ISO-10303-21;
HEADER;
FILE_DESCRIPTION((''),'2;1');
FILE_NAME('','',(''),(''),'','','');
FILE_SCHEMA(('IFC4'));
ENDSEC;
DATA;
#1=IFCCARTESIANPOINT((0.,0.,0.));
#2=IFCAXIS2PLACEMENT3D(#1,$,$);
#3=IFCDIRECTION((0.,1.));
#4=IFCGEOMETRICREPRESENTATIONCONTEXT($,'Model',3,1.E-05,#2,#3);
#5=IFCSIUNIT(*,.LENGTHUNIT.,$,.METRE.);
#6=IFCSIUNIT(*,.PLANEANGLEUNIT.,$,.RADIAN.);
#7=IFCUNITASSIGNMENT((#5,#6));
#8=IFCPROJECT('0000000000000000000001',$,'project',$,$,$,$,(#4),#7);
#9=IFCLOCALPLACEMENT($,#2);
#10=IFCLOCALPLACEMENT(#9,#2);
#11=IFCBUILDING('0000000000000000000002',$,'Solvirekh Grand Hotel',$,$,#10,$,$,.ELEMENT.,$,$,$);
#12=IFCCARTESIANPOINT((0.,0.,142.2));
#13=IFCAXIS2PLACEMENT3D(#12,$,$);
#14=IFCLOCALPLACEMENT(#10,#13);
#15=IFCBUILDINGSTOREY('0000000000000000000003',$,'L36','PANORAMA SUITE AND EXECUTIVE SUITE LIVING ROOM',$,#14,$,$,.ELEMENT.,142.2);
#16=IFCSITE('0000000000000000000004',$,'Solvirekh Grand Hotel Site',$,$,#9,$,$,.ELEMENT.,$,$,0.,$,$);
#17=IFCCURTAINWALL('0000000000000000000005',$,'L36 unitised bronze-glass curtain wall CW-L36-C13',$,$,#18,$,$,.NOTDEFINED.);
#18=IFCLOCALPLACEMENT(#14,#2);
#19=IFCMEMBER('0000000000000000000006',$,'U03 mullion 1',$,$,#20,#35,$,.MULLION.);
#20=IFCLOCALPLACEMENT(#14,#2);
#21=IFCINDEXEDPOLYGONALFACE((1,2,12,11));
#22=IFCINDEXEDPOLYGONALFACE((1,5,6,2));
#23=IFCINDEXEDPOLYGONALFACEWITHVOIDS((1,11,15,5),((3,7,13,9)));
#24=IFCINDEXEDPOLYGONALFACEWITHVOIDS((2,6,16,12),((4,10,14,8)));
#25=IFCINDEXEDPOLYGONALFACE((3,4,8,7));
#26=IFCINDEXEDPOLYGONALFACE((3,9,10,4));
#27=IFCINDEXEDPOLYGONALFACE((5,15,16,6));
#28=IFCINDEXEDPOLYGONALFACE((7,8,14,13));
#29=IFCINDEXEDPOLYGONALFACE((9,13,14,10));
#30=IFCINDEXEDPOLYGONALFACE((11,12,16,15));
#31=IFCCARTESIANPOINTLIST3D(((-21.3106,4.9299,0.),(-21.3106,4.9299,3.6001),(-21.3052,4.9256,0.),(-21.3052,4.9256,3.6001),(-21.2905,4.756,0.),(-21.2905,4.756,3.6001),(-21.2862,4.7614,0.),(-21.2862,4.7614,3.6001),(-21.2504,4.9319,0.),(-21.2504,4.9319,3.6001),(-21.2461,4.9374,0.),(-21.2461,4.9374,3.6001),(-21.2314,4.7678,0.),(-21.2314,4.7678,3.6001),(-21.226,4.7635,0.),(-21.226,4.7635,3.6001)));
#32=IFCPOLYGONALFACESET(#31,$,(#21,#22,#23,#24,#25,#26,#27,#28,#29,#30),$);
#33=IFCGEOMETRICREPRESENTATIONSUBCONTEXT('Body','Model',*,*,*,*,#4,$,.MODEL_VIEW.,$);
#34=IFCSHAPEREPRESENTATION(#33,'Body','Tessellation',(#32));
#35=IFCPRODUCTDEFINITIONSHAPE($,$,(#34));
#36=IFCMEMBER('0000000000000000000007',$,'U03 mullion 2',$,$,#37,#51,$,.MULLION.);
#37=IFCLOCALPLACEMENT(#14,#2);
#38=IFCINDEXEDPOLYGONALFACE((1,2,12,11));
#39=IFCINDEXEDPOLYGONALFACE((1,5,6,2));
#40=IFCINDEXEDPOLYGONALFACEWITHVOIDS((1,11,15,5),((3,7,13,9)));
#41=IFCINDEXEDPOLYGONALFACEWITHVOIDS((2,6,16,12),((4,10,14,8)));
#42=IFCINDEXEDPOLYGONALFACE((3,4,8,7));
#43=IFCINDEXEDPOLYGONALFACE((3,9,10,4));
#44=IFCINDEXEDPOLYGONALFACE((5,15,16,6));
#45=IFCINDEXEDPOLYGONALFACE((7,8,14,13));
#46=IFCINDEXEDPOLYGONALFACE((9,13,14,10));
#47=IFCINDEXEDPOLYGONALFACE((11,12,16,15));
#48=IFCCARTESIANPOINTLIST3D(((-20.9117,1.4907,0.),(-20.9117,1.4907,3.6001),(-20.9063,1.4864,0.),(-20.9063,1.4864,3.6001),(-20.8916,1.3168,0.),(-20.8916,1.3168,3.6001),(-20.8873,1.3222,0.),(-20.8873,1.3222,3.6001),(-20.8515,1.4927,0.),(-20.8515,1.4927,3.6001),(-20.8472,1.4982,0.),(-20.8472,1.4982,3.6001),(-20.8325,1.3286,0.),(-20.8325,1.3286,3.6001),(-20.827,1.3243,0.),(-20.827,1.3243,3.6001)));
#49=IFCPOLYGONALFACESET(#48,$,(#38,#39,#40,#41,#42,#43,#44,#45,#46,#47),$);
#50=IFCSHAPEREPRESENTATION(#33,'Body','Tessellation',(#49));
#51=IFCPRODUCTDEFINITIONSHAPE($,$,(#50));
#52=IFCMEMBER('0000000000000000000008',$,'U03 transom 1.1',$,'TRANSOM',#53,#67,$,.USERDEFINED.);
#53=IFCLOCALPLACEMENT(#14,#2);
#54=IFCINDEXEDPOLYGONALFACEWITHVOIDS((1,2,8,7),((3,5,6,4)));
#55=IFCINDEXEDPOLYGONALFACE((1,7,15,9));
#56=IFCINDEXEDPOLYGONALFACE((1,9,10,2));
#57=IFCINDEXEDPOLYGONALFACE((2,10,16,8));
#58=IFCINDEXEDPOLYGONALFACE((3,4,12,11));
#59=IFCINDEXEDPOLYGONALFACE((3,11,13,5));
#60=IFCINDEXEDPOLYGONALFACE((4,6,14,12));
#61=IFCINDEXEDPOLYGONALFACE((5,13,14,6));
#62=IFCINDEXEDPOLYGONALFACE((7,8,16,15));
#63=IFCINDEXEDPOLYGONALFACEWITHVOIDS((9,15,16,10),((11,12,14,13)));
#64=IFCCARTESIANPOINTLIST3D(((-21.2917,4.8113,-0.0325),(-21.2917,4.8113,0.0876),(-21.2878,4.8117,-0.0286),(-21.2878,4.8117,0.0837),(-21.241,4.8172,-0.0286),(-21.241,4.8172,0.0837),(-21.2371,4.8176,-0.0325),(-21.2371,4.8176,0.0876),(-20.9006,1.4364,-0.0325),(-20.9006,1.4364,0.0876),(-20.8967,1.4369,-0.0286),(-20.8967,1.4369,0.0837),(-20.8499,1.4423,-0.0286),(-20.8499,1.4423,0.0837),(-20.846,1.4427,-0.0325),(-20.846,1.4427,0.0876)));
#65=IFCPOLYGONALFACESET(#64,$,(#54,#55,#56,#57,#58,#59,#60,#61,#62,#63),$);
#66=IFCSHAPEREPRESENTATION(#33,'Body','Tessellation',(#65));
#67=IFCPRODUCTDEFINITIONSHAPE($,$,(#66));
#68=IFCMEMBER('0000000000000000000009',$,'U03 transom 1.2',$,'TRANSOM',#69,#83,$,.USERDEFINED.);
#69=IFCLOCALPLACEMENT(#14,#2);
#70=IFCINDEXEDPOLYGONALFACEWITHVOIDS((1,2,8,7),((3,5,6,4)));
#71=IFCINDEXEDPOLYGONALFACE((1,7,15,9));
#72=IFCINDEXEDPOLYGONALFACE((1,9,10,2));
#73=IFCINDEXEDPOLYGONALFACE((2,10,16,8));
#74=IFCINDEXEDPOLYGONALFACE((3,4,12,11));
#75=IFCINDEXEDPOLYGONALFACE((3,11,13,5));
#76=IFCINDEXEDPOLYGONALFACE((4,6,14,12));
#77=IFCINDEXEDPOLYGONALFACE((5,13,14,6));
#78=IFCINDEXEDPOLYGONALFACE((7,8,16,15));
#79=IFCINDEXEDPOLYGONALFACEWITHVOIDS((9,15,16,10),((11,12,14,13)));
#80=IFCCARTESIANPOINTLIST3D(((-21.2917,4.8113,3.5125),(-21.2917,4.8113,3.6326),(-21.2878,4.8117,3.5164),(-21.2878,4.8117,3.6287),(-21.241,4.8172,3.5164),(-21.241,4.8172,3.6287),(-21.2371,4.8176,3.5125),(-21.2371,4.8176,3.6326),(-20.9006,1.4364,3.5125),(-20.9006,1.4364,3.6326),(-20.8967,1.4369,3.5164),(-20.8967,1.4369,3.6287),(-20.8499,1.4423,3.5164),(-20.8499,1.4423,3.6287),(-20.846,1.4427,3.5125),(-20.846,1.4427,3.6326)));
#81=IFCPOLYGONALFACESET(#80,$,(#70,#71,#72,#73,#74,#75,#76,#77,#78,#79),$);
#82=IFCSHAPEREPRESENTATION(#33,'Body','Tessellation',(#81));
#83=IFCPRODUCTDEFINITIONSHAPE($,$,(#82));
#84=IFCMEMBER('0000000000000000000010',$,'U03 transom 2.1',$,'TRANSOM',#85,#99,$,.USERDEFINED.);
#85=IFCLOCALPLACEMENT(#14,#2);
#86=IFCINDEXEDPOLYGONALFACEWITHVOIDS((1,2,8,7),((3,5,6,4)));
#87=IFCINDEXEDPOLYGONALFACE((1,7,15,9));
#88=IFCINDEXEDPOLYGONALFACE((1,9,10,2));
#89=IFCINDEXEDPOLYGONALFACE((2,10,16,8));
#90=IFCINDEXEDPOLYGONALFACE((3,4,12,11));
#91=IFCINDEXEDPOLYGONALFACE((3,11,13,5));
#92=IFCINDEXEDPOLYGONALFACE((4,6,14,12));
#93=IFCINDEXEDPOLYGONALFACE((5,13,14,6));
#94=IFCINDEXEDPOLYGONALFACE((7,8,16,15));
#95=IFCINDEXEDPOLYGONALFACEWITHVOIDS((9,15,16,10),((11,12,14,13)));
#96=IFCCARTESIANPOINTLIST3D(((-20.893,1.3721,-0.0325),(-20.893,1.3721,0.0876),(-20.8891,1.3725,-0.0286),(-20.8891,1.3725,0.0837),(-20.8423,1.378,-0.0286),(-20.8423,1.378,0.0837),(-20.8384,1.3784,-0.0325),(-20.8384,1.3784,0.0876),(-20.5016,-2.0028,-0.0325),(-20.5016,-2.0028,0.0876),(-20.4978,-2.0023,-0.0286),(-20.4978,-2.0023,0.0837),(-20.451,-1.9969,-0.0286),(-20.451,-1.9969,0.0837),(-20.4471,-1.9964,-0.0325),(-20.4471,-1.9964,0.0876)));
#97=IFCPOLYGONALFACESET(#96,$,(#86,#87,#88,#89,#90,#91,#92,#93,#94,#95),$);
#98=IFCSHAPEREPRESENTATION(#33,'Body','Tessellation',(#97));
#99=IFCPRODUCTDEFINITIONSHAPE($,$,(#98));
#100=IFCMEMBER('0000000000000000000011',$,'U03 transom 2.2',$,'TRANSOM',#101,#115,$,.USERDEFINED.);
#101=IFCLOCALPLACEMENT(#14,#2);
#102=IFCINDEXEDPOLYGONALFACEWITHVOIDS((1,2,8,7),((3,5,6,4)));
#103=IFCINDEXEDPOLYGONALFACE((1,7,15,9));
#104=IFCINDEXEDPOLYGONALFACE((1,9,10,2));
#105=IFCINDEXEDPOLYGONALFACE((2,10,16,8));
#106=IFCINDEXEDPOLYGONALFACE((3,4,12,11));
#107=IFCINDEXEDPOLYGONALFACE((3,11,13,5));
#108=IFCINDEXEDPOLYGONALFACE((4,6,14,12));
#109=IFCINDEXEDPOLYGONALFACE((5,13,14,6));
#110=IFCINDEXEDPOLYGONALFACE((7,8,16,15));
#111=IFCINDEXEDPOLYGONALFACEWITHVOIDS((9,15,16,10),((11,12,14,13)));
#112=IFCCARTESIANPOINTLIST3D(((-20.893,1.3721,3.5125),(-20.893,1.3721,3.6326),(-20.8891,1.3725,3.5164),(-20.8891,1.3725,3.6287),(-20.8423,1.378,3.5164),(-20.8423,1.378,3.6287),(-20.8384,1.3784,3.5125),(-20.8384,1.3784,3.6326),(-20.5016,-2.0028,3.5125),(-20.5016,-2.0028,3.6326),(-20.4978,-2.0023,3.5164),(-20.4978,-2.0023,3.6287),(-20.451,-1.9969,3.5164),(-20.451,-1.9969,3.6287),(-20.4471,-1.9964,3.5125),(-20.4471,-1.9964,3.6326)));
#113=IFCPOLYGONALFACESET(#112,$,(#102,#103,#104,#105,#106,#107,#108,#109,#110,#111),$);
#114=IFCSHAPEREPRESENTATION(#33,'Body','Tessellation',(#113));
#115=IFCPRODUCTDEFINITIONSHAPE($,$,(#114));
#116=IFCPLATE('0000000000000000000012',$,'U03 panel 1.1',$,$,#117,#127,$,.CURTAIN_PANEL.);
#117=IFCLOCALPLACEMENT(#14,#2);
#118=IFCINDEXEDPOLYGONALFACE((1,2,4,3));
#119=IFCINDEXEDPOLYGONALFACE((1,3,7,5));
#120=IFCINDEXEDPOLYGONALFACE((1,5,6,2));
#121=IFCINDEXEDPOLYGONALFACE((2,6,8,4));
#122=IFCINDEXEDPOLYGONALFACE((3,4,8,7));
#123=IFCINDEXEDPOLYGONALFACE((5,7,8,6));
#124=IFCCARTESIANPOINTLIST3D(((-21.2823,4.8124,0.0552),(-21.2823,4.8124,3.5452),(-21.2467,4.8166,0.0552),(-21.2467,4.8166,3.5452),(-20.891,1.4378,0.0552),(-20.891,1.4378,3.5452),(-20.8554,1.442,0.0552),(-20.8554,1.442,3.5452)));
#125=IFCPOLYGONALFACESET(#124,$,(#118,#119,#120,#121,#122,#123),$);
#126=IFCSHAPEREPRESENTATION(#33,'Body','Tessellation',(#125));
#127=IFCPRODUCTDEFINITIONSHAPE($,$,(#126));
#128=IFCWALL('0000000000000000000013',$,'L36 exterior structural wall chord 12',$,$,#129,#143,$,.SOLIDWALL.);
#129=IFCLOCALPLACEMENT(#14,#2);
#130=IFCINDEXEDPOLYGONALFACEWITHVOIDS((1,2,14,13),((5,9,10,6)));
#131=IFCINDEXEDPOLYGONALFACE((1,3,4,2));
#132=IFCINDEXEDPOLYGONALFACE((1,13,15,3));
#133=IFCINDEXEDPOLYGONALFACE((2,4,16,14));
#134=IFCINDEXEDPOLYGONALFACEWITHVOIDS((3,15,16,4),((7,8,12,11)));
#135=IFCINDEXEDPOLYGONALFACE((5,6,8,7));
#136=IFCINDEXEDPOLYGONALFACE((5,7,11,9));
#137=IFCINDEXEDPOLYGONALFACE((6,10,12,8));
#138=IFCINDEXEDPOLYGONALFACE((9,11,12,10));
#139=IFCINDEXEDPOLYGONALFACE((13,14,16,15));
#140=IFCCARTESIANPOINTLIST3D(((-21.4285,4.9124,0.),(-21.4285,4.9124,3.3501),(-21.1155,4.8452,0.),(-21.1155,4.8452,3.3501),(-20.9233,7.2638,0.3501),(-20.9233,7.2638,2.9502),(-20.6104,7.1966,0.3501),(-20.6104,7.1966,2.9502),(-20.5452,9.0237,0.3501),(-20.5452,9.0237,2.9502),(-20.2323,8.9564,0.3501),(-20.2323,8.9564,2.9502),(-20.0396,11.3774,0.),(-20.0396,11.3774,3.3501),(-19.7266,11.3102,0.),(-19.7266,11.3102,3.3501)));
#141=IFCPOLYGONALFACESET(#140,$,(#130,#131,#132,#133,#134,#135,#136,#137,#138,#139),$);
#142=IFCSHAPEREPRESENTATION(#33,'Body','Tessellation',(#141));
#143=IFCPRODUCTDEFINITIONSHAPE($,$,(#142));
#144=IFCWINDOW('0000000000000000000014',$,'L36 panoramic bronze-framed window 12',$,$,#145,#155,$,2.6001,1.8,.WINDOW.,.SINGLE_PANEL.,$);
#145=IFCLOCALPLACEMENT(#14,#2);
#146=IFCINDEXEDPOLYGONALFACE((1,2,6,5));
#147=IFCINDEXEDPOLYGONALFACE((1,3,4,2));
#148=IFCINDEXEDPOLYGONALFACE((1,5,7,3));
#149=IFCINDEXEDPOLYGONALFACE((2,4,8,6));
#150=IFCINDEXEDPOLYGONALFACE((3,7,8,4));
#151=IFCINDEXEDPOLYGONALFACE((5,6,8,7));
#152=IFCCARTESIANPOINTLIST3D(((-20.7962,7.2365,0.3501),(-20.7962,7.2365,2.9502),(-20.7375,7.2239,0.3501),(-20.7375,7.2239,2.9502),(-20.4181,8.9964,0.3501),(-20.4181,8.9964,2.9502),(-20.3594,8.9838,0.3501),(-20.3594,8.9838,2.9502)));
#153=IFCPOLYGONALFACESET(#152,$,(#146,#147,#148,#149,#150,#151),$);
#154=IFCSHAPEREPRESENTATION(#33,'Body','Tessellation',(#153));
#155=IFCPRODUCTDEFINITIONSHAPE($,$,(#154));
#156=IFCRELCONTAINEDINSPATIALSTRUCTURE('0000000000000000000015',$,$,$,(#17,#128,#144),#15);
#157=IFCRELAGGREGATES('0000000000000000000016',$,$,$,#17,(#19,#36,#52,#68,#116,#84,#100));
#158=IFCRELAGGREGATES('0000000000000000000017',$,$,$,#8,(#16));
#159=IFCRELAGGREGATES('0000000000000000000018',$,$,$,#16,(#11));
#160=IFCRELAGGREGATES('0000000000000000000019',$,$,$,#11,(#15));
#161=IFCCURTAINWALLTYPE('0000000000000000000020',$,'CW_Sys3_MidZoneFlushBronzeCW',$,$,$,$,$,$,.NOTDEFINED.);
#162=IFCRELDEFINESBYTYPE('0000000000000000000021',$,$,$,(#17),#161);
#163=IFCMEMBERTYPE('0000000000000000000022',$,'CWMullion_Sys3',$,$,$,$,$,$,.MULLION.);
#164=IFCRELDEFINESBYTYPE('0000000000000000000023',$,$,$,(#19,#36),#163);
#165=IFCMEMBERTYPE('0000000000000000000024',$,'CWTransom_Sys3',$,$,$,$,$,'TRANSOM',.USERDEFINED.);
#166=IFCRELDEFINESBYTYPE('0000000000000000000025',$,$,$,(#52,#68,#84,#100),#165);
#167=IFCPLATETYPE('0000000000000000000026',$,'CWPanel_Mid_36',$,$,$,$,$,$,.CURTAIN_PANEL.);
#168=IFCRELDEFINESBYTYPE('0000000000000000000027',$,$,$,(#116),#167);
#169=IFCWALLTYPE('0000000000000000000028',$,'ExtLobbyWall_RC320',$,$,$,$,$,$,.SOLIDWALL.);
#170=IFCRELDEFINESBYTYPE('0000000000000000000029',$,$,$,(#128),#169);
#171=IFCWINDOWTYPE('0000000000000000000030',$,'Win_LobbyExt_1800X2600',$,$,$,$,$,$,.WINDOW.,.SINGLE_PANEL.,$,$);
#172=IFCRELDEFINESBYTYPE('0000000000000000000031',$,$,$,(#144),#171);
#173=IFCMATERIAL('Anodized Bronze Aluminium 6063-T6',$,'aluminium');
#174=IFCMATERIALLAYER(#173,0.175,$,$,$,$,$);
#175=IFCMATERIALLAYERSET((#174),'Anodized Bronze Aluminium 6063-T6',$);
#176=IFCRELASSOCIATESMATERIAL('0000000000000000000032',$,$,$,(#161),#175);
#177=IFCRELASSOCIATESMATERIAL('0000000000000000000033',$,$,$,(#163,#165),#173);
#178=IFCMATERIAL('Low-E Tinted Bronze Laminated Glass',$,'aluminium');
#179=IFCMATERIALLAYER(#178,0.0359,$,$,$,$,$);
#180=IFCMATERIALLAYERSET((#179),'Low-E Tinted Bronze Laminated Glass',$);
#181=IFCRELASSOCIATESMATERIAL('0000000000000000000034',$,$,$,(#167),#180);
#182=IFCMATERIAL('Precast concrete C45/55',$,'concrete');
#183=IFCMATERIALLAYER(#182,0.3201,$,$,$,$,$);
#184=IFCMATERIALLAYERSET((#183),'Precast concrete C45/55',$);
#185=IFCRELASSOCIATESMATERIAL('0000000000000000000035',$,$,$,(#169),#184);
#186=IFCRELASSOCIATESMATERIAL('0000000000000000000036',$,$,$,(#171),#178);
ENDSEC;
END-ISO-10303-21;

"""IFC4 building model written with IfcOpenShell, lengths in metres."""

from ifc_helpers import new_model, si_unit, direction, frame, frame_2d, origin, origin_2d, place, context, subcontext, project, spatial, rectangle, hollow_rectangle, extrude, source, transform, mapped, material, layer, layer_set, material_profile, profile_set, type_object, element, fill, aggregate, save


model = new_model("IFC4")

# Units and contexts
model_context = context("Model", 3, precision=1e-05, world=origin(), true_north=direction((0.0, 1.0)))
body_context = subcontext(model_context, "Body", "Model", "MODEL_VIEW")
ifc_project = project(units=[si_unit("LENGTHUNIT", "METRE"), si_unit("PLANEANGLEUNIT", "RADIAN")], contexts=[model_context])

# Site, building, storey
site_placement = place(None, origin())
site = spatial("IfcSite", under=ifc_project, at=site_placement, Name="Solvirekh Grand Hotel Site", CompositionType="ELEMENT", RefElevation=0.0)
building_placement = place(site_placement, origin())
building = spatial("IfcBuilding", under=site, at=building_placement, Name="Solvirekh Grand Hotel", CompositionType="ELEMENT")
storey_placement = place(building_placement, frame((0.0, 0.0, 142.2)))
storey = spatial("IfcBuildingStorey", under=building, at=storey_placement, Name="L36", Description="PANORAMA SUITE AND EXECUTIVE SUITE LIVING ROOM", CompositionType="ELEMENT", Elevation=142.2)

# Curtain wall, members, plate
ifc_material_1 = material(Name="Anodized Bronze Aluminium 6063-T6", Category="aluminium")
ifc_layer_1 = layer(ifc_material_1, 0.175)
ifc_layer_set_1 = layer_set([ifc_layer_1], Name="Anodized Bronze Aluminium 6063-T6")
curtain_wall_type = type_object("IfcCurtainWallType", Name="CW_Sys3_MidZoneFlushBronzeCW", PredefinedType="NOTDEFINED", material=ifc_layer_set_1)
curtain_wall_placement = place(storey_placement, origin())
curtain_wall = element("IfcCurtainWall", 1, at=curtain_wall_placement, inside=storey, type_object=curtain_wall_type, Name="L36 unitised bronze-glass curtain wall CW-L36-C13", PredefinedType="NOTDEFINED")
ifc_material_profile_1 = material_profile(ifc_material_1, hollow_rectangle(XDim=0.0649, YDim=0.175, WallThickness=0.0049, at=origin_2d()), Name="ALU RHS 175X65X5")
ifc_profile_set_1 = profile_set([ifc_material_profile_1], Name="Anodized Bronze Aluminium 6063-T6")
member_type_1 = type_object("IfcMemberType", Name="CWMullion_Sys3", PredefinedType="MULLION", material=ifc_profile_set_1)
shared_shape_1 = source(origin(), body_context, "Body", "SweptSolid", [
    extrude(hollow_rectangle(XDim=0.0649, YDim=0.175, WallThickness=0.0049, at=origin_2d()), origin(), (0.0, 0.0, 1.0), 3.6001),
])
member_1_placement = place(storey_placement, frame((-21.2683, 4.8467, 0.0), z_axis=(0.0, 0.0, 1.0), x_axis=(0.993345, 0.115173, 0.0)))
member_1 = element("IfcMember", 2, at=member_1_placement, type_object=member_type_1, Name="U03 mullion 1", PredefinedType="MULLION", context=body_context, shape_type="MappedRepresentation", body=[
    mapped(shared_shape_1, transform((0.0, 0.0, 0.0), x_axis=(1.0, 0.0, 0.0), y_axis=(0.0, 1.0, 0.0), z_axis=(0.0, 0.0, 1.0), scale=1.0)),
])
member_2_placement = place(storey_placement, frame((-20.8694, 1.4075, 0.0), z_axis=(0.0, 0.0, 1.0), x_axis=(0.993345, 0.115173, 0.0)))
member_2 = element("IfcMember", 3, at=member_2_placement, type_object=member_type_1, Name="U03 mullion 2", PredefinedType="MULLION", context=body_context, shape_type="MappedRepresentation", body=[
    mapped(shared_shape_1, transform((0.0, 0.0, 0.0), x_axis=(1.0, 0.0, 0.0), y_axis=(0.0, 1.0, 0.0), z_axis=(0.0, 0.0, 1.0), scale=1.0)),
])
ifc_material_profile_2 = material_profile(ifc_material_1, hollow_rectangle(XDim=0.0549, YDim=0.1201, WallThickness=0.0039, at=origin_2d()), Name="ALU RHS 120X55X4")
ifc_profile_set_2 = profile_set([ifc_material_profile_2], Name="Anodized Bronze Aluminium 6063-T6")
member_type_2 = type_object("IfcMemberType", Name="CWTransom_Sys3", ElementType="TRANSOM", PredefinedType="USERDEFINED", material=ifc_profile_set_2)
shared_shape_2 = source(origin(), body_context, "Body", "SweptSolid", [
    extrude(hollow_rectangle(XDim=0.0549, YDim=0.1201, WallThickness=0.0039, at=origin_2d()), origin(), (0.0, 0.0, 1.0), 3.3975),
])
member_3_placement = place(storey_placement, frame((-21.2644, 4.8145, 0.0276), z_axis=(0.115123, -0.993351, 0.0), x_axis=(0.993351, 0.115123, 0.0)))
member_3 = element("IfcMember", 4, at=member_3_placement, type_object=member_type_2, Name="U03 transom 1.1", ObjectType="TRANSOM", PredefinedType="USERDEFINED", context=body_context, shape_type="MappedRepresentation", body=[
    mapped(shared_shape_2, transform((0.0, 0.0, 0.0), x_axis=(1.0, 0.0, 0.0), y_axis=(0.0, 1.0, 0.0), z_axis=(0.0, 0.0, 1.0), scale=1.0)),
])
member_4_placement = place(storey_placement, frame((-21.2644, 4.8145, 3.5725), z_axis=(0.115123, -0.993351, 0.0), x_axis=(0.993351, 0.115123, 0.0)))
member_4 = element("IfcMember", 5, at=member_4_placement, type_object=member_type_2, Name="U03 transom 1.2", ObjectType="TRANSOM", PredefinedType="USERDEFINED", context=body_context, shape_type="MappedRepresentation", body=[
    mapped(shared_shape_2, transform((0.0, 0.0, 0.0), x_axis=(1.0, 0.0, 0.0), y_axis=(0.0, 1.0, 0.0), z_axis=(0.0, 0.0, 1.0), scale=1.0)),
])
member_5_placement = place(storey_placement, frame((-20.8657, 1.3752, 0.0276), z_axis=(0.115194, -0.993343, 0.0), x_axis=(0.993343, 0.115194, 0.0)))
member_5 = element("IfcMember", 6, at=member_5_placement, type_object=member_type_2, Name="U03 transom 2.1", ObjectType="TRANSOM", PredefinedType="USERDEFINED", context=body_context, shape_type="MappedRepresentation", body=[
    mapped(shared_shape_2, transform((0.0, 0.0, 0.0), x_axis=(1.0, 0.0, 0.0), y_axis=(0.0, 1.0, 0.0), z_axis=(0.0, 0.0, 1.0), scale=1.0)),
])
member_6_placement = place(storey_placement, frame((-20.8657, 1.3752, 3.5725), z_axis=(0.115194, -0.993343, 0.0), x_axis=(0.993343, 0.115194, 0.0)))
member_6 = element("IfcMember", 7, at=member_6_placement, type_object=member_type_2, Name="U03 transom 2.2", ObjectType="TRANSOM", PredefinedType="USERDEFINED", context=body_context, shape_type="MappedRepresentation", body=[
    mapped(shared_shape_2, transform((0.0, 0.0, 0.0), x_axis=(1.0, 0.0, 0.0), y_axis=(0.0, 1.0, 0.0), z_axis=(0.0, 0.0, 1.0), scale=1.0)),
])
ifc_material_2 = material(Name="Low-E Tinted Bronze Laminated Glass", Category="aluminium")
ifc_layer_2 = layer(ifc_material_2, 0.0359)
ifc_layer_set_2 = layer_set([ifc_layer_2], Name="Low-E Tinted Bronze Laminated Glass")
plate_type = type_object("IfcPlateType", Name="CWPanel_Mid_36", PredefinedType="CURTAIN_PANEL", material=ifc_layer_set_2)
shared_shape_3 = source(origin(), body_context, "Body", "SweptSolid", [
    extrude(rectangle(XDim=3.3972, YDim=0.0359, at=origin_2d()), origin(), (0.0, 0.0, 1.0), 3.49),
])
plate_placement = place(storey_placement, frame((-21.0688, 3.1272, 0.0552), z_axis=(0.0, 0.0, 1.0), x_axis=(0.115173, -0.993345, 0.0)))
plate = element("IfcPlate", 8, at=plate_placement, type_object=plate_type, Name="U03 panel 1.1", PredefinedType="CURTAIN_PANEL", context=body_context, shape_type="MappedRepresentation", body=[
    mapped(shared_shape_3, transform((0.0, 0.0, 0.0), x_axis=(1.0, 0.0, 0.0), y_axis=(0.0, 1.0, 0.0), z_axis=(0.0, 0.0, 1.0), scale=1.0)),
])
aggregate(curtain_wall, [member_1, member_2, member_3, member_4, plate, member_5, member_6])

# Wall, opening, window
ifc_material_3 = material(Name="Precast concrete C45/55", Category="concrete")
ifc_layer_3 = layer(ifc_material_3, 0.3201)
ifc_layer_set_3 = layer_set([ifc_layer_3], Name="Precast concrete C45/55")
wall_type_1 = type_object("IfcWallType", Name="ExtLobbyWall_RC320", PredefinedType="SOLIDWALL", material=ifc_layer_set_3)
wall_1_placement = place(storey_placement, frame((-21.272, 4.8789, 0.0), z_axis=(0.0, 0.0, 1.0), x_axis=(0.210041, 0.977693, 0.0)))
wall_1 = element("IfcWall", 9, at=wall_1_placement, inside=storey, type_object=wall_type_1, Name="L36 exterior structural wall chord 12", PredefinedType="SOLIDWALL", context=body_context, shape_type="SweptSolid", body=[
    extrude(rectangle(XDim=6.6125, YDim=0.3201, at=frame_2d((3.3062, 0.0))), origin(), (0.0, 0.0, 1.0), 3.3501),
])
opening_1_placement = place(wall_1_placement, frame((2.405, 0.0, 0.3501)))
opening_1 = element("IfcOpeningElement", 10, at=opening_1_placement, cuts=wall_1, PredefinedType="OPENING", context=body_context, shape_type="SweptSolid", body=[
    extrude(rectangle(XDim=1.8, YDim=2.6001, at=frame_2d((0.8999, 1.3))), frame((0.0, 0.1699, 0.0), z_axis=(0.0, -1.0, 0.0), x_axis=(1.0, 0.0, 0.0)), (0.0, 0.0, 1.0), 0.3401),
])
window_type = type_object("IfcWindowType", Name="Win_LobbyExt_1800X2600", PartitioningType="SINGLE_PANEL", PredefinedType="WINDOW", material=ifc_material_2)
window_placement = place(opening_1_placement, origin())
window = element("IfcWindow", 11, at=window_placement, inside=storey, type_object=window_type, Name="L36 panoramic bronze-framed window 12", OverallHeight=2.6001, OverallWidth=1.8, PartitioningType="SINGLE_PANEL", PredefinedType="WINDOW", context=body_context, shape_type="SweptSolid", body=[
    extrude(rectangle(XDim=1.8, YDim=2.6001, at=frame_2d((0.8999, 1.3))), frame((0.0, 0.03, 0.0), z_axis=(0.0, -1.0, 0.0), x_axis=(1.0, 0.0, 0.0)), (0.0, 0.0, 1.0), 0.0601),
])
fill(opening_1, window)

save(model, "model.ifc")
